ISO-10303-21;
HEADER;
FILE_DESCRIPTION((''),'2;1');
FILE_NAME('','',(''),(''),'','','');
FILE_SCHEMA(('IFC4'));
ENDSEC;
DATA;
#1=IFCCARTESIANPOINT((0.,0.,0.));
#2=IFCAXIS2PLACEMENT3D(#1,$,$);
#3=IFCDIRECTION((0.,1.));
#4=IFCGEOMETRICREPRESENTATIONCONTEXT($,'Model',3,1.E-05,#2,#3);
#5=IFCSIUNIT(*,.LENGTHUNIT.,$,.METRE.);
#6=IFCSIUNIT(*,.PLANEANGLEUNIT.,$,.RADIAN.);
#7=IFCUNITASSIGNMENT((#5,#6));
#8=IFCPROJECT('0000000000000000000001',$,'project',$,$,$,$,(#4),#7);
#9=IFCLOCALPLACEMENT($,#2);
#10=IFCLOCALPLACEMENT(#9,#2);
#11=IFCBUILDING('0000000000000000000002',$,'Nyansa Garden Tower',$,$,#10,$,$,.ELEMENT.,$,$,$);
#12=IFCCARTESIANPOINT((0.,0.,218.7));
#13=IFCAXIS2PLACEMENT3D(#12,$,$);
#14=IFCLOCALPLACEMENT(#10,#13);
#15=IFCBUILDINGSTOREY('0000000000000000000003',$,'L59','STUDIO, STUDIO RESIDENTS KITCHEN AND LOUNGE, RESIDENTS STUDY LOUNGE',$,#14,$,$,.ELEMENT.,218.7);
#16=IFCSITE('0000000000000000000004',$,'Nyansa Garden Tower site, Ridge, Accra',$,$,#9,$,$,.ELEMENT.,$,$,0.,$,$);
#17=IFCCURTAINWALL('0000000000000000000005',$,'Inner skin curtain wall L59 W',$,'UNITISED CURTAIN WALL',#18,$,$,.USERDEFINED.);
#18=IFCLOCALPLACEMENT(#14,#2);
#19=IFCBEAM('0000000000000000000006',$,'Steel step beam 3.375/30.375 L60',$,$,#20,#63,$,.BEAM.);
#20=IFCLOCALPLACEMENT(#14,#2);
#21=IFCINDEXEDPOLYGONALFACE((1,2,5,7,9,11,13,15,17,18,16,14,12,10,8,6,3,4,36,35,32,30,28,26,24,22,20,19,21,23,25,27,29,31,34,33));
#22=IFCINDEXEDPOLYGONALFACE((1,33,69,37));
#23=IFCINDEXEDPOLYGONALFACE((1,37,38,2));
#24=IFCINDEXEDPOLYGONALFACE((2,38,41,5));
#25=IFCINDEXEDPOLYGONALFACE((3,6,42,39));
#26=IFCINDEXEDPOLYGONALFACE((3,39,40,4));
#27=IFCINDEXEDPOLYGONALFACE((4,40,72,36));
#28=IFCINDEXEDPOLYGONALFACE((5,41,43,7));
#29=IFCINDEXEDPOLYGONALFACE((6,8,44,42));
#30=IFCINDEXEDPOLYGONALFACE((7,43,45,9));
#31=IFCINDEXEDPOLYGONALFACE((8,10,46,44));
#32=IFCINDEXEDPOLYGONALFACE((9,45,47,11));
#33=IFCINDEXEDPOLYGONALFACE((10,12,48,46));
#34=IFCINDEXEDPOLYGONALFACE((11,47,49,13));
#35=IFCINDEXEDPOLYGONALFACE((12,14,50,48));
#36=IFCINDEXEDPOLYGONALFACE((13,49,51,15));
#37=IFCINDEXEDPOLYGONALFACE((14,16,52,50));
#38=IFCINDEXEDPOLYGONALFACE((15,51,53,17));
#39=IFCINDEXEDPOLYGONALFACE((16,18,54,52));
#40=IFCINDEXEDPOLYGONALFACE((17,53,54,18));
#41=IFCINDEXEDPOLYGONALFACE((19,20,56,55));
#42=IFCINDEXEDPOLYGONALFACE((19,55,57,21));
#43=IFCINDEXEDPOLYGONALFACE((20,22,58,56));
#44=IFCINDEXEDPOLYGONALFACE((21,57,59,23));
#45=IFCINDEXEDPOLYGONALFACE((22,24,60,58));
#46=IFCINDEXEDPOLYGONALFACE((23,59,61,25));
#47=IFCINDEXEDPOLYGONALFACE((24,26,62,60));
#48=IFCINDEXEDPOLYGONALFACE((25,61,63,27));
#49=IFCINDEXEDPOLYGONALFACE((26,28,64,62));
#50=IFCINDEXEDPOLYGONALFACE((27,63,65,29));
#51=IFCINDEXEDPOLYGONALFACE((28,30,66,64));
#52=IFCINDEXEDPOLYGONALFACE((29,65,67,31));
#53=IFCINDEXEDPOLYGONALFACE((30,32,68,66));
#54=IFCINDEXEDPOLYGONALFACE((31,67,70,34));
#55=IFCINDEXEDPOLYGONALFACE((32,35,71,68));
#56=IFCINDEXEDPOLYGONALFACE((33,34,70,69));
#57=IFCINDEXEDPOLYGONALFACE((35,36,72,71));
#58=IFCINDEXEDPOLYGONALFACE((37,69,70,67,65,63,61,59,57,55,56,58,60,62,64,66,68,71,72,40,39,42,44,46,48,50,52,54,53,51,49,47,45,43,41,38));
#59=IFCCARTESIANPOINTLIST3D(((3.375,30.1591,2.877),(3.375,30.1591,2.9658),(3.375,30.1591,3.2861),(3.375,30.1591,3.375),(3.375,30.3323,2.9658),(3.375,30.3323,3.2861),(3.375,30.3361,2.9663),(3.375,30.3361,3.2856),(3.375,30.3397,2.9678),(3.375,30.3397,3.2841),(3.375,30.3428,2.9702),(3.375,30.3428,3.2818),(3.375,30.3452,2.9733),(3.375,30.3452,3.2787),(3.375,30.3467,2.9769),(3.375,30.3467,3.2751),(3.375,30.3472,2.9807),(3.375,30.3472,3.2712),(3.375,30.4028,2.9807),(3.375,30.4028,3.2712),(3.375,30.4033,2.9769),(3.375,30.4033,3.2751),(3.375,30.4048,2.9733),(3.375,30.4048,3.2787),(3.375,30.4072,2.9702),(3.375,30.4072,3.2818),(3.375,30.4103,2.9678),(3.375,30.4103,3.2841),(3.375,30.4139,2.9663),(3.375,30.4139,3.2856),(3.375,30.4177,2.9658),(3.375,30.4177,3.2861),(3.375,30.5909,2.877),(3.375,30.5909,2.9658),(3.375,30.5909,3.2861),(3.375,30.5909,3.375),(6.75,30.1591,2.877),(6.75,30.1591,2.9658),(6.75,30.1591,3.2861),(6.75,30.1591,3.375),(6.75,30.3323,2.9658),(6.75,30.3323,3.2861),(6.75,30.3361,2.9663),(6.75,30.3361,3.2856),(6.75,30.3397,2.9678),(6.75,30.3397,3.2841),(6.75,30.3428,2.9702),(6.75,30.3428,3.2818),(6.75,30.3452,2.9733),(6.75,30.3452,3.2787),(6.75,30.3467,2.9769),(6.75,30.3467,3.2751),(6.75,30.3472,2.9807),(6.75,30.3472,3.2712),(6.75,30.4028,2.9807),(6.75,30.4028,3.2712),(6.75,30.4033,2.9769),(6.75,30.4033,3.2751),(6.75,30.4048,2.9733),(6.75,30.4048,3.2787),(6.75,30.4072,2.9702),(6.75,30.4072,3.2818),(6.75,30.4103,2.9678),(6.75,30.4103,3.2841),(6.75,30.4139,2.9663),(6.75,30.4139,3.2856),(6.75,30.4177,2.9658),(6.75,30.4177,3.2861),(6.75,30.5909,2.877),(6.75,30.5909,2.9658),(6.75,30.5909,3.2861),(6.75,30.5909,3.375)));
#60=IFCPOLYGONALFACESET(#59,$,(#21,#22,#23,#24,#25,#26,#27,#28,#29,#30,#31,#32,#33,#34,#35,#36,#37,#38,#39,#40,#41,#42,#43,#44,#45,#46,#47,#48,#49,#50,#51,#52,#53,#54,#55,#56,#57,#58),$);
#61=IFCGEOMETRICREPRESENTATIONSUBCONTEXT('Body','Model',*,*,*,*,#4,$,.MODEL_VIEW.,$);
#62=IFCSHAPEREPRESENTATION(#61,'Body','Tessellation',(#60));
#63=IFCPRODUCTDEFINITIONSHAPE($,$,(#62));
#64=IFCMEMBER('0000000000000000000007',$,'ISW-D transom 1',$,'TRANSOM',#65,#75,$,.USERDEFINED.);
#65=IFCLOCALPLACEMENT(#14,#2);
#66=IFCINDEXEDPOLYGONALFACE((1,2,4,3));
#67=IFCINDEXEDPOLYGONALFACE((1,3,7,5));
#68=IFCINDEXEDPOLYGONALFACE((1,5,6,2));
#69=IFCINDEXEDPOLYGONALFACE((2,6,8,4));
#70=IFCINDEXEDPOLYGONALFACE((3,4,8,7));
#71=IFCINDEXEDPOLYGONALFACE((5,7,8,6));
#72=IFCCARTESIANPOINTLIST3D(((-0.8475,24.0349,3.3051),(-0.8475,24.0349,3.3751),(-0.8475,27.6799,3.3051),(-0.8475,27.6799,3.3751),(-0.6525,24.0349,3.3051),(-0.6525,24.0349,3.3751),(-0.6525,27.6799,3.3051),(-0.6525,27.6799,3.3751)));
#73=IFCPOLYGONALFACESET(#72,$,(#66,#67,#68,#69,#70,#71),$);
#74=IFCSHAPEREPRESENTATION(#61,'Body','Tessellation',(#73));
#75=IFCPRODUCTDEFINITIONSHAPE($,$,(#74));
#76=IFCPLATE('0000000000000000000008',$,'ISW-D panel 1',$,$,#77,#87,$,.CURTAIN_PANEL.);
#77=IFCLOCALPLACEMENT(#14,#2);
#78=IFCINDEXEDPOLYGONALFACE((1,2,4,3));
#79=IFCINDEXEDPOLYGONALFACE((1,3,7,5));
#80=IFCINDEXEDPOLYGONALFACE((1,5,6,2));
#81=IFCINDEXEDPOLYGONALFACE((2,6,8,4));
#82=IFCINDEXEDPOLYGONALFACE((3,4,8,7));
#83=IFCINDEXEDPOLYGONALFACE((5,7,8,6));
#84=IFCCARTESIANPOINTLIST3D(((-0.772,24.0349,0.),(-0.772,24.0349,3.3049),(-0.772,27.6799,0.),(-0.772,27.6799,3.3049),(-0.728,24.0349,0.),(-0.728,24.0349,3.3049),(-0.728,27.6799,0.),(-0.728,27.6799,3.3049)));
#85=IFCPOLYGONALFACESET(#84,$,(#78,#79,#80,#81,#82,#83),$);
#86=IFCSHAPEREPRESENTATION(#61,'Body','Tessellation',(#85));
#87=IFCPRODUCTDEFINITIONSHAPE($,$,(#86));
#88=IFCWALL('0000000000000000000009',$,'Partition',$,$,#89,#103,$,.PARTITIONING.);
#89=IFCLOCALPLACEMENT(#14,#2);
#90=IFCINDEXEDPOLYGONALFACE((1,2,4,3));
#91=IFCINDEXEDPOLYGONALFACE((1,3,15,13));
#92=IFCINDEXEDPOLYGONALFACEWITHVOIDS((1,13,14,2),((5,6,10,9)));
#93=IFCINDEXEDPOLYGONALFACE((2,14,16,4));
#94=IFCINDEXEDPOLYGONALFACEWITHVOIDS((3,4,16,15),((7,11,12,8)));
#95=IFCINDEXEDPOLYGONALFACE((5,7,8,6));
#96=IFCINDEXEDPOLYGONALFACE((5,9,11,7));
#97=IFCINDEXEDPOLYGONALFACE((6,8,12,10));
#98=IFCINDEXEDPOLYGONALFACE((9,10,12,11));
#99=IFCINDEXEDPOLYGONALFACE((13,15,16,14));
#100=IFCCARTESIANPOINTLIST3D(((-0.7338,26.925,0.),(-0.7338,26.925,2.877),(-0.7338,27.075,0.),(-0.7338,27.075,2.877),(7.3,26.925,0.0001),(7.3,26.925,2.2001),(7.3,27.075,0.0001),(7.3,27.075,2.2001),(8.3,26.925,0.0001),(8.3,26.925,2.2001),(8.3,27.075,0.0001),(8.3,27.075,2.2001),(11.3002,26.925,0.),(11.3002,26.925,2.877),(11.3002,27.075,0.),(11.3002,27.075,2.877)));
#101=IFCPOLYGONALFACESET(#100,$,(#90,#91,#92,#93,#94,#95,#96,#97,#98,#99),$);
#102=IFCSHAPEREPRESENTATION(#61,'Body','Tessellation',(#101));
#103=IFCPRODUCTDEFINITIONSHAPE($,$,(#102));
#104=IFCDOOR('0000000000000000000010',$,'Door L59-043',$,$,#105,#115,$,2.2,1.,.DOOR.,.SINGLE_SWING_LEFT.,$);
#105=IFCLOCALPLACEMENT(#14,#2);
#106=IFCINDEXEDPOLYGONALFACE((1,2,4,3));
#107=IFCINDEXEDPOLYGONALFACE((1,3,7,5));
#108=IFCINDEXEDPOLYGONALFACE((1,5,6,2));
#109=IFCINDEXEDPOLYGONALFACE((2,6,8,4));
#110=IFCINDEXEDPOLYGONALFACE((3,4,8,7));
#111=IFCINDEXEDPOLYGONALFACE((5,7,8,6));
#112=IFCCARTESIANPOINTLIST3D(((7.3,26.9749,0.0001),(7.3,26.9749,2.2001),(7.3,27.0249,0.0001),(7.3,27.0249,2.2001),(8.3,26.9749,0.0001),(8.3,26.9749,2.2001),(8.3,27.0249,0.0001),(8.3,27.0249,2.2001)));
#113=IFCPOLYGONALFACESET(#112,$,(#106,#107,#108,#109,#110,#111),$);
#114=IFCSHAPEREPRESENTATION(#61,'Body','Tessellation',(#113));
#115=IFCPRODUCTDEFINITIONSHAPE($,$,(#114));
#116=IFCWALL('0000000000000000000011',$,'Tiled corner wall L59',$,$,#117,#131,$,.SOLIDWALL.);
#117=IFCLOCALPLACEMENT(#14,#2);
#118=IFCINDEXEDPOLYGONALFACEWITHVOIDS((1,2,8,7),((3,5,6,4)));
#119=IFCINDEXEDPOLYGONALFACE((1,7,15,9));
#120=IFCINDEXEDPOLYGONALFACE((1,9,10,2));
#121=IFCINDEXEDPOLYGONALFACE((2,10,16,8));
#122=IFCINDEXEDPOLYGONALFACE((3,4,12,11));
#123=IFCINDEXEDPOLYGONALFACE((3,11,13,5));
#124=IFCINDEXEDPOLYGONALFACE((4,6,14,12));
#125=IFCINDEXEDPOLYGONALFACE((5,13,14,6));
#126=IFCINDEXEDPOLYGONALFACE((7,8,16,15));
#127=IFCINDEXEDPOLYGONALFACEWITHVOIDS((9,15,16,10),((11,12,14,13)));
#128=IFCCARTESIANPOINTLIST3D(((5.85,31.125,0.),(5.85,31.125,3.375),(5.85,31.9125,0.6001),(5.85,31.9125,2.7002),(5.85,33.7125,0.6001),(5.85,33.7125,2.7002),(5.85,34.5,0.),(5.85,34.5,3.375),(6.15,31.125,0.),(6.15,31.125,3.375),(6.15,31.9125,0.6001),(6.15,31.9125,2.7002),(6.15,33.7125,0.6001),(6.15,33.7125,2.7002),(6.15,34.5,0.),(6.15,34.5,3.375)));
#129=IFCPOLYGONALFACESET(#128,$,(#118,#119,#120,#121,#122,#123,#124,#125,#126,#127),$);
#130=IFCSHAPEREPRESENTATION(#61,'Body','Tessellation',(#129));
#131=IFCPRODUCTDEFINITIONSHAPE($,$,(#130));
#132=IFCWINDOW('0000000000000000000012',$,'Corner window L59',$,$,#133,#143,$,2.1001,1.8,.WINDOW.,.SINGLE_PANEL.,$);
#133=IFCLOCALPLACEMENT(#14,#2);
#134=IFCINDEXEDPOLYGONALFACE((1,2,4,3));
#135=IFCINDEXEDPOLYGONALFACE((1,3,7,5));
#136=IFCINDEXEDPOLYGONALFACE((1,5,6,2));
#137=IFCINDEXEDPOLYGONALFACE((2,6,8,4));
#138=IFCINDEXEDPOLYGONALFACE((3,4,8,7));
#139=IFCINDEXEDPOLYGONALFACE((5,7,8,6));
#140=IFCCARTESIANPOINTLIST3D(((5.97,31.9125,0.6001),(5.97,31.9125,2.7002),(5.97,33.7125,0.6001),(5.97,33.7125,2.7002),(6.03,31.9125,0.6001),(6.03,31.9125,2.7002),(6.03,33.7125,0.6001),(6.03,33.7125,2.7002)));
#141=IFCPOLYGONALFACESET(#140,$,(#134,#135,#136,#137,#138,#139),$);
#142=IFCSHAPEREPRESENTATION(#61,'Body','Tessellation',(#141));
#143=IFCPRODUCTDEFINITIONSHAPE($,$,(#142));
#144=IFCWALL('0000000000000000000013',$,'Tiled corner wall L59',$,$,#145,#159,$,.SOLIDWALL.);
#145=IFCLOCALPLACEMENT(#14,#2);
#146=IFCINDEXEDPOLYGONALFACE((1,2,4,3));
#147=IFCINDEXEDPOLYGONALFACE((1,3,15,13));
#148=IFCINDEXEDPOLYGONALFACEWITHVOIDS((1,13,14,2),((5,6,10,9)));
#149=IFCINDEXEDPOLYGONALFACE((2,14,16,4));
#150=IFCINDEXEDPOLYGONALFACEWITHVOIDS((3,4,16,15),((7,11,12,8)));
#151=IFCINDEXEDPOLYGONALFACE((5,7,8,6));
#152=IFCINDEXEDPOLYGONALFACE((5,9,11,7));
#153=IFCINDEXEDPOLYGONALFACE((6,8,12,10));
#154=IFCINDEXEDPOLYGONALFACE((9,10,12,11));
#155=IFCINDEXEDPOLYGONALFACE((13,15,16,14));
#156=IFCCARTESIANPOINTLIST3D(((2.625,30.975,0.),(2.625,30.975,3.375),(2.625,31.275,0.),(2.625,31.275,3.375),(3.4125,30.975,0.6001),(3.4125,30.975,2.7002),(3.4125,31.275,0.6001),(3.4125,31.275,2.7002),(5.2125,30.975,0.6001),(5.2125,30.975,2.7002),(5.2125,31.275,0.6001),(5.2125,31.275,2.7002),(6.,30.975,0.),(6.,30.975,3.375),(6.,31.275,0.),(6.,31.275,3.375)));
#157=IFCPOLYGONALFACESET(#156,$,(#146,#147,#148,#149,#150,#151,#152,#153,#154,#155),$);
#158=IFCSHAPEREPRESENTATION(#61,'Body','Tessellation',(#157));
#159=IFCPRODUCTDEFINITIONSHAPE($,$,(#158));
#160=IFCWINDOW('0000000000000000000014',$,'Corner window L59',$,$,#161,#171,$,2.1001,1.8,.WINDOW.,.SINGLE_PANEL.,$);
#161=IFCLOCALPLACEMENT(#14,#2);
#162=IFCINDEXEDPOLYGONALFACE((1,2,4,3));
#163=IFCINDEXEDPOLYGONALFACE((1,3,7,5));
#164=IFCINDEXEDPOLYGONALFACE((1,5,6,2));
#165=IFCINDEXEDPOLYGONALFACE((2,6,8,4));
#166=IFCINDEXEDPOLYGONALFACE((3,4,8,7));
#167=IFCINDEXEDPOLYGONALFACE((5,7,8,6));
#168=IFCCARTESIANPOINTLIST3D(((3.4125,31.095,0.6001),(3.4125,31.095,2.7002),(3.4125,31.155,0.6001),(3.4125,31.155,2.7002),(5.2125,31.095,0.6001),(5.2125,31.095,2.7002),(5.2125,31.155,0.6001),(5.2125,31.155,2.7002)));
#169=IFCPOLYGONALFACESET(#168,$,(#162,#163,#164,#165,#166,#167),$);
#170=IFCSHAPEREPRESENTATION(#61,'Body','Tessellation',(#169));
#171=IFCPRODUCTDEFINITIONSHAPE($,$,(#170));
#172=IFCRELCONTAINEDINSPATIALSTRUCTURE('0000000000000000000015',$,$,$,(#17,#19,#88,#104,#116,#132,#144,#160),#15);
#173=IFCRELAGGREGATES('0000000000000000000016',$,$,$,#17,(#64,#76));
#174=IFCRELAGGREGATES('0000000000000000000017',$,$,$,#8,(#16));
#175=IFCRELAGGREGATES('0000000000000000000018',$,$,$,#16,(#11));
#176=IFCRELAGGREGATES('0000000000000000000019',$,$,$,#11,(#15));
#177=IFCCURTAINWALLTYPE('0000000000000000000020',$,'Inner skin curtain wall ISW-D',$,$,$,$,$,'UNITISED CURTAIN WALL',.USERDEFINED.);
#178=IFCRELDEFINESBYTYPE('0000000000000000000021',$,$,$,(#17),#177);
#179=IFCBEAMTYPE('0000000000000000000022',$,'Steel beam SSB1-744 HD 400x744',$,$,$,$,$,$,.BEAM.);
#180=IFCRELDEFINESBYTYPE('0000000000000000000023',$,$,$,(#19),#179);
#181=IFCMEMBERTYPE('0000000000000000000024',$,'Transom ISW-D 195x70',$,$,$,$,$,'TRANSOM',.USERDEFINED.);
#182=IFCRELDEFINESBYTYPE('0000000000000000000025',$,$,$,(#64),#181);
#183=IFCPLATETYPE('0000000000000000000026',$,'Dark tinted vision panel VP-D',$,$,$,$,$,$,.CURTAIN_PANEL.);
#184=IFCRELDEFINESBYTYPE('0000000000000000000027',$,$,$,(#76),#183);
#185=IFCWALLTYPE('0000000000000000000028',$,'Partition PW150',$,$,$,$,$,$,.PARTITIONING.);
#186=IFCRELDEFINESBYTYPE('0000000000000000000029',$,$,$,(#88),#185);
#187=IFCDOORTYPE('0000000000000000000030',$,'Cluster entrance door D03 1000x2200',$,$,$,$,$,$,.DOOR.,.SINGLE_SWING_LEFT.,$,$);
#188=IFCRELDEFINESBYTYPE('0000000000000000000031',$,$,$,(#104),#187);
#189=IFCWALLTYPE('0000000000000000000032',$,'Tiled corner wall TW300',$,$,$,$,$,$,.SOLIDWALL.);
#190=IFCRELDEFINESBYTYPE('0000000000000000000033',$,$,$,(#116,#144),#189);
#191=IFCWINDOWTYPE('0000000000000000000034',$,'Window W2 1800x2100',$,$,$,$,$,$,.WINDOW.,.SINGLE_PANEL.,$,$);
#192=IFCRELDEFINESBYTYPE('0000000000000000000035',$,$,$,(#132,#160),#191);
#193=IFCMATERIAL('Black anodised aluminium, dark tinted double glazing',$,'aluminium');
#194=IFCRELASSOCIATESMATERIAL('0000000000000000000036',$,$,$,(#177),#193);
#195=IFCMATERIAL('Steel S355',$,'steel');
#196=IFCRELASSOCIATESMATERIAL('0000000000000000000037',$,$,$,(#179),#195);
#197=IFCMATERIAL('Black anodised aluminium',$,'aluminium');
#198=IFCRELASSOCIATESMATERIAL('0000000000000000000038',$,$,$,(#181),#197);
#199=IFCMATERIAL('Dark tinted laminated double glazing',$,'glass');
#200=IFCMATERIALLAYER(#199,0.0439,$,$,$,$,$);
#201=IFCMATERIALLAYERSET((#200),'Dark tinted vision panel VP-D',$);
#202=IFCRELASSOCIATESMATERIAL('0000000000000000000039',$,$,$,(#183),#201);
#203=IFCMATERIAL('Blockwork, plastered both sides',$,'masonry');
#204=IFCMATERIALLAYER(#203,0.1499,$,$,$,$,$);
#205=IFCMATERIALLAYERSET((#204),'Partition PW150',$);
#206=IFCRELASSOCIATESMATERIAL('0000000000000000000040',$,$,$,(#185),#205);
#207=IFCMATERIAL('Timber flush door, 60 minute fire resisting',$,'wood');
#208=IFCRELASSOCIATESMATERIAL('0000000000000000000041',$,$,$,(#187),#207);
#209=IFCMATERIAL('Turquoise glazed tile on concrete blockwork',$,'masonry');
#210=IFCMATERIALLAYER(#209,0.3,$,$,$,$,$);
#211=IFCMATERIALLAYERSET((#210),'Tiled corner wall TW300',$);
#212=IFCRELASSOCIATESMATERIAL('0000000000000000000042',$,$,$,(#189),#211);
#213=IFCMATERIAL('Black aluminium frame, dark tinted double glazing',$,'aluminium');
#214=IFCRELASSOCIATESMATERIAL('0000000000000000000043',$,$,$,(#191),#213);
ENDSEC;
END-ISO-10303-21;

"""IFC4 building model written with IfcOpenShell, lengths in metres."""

from ifc_helpers import new_model, si_unit, direction, frame, frame_2d, origin, origin_2d, place, context, subcontext, project, spatial, rectangle, i_section, extrude, material, layer, layer_set, material_profile, profile_set, type_object, element, fill, aggregate, save


model = new_model("IFC4")

# Units and contexts
model_context = context("Model", 3, precision=1e-05, world=origin(), true_north=direction((0.0, 1.0)))
body_context = subcontext(model_context, "Body", "Model", "MODEL_VIEW")
ifc_project = project(units=[si_unit("LENGTHUNIT", "METRE"), si_unit("PLANEANGLEUNIT", "RADIAN")], contexts=[model_context])

# Site, building, storey
site_placement = place(None, origin())
site = spatial("IfcSite", under=ifc_project, at=site_placement, Name="Nyansa Garden Tower site, Ridge, Accra", CompositionType="ELEMENT", RefElevation=0.0)
building_placement = place(site_placement, origin())
building = spatial("IfcBuilding", under=site, at=building_placement, Name="Nyansa Garden Tower", CompositionType="ELEMENT")
storey_placement = place(building_placement, frame((0.0, 0.0, 218.7)))
storey = spatial("IfcBuildingStorey", under=building, at=storey_placement, Name="L59", Description="STUDIO, STUDIO RESIDENTS KITCHEN AND LOUNGE, RESIDENTS STUDY LOUNGE", CompositionType="ELEMENT", Elevation=218.7)

# Curtain wall
ifc_material_1 = material(Name="Black anodised aluminium, dark tinted double glazing", Category="aluminium")
curtain_wall_type = type_object("IfcCurtainWallType", Name="Inner skin curtain wall ISW-D", ElementType="UNITISED CURTAIN WALL", PredefinedType="USERDEFINED", material=ifc_material_1)
curtain_wall_1_placement = place(storey_placement, origin())
curtain_wall_1 = element("IfcCurtainWall", 1, at=curtain_wall_1_placement, inside=storey, type_object=curtain_wall_type, Name="Inner skin curtain wall L59 W", ObjectType="UNITISED CURTAIN WALL", PredefinedType="USERDEFINED")

# Beam
ifc_material_2 = material(Name="Steel S355", Category="steel")
ifc_material_profile_1 = material_profile(ifc_material_2, i_section(OverallWidth=0.4319, OverallDepth=0.498, WebThickness=0.0557, FlangeThickness=0.0889, FilletRadius=0.0149, at=origin_2d()), Name="HD 400x744")
ifc_profile_set_1 = profile_set([ifc_material_profile_1], Name="Steel S355")
beam_type_1 = type_object("IfcBeamType", Name="Steel beam SSB1-744 HD 400x744", PredefinedType="BEAM", material=ifc_profile_set_1)
for number, where, z_axis, x_axis, name in (
    (2, (3.375, 30.375, 3.126), (1.0, 0.0, 0.0), (0.0, 1.0, 0.0), "Steel step beam 3.375/30.375 L60"),
):
    element("IfcBeam", number, at=place(storey_placement, frame(where, z_axis=z_axis, x_axis=x_axis)), inside=storey, type_object=beam_type_1, Name=name, PredefinedType="BEAM", context=body_context, shape_type="SweptSolid", body=[
        extrude(i_section(OverallWidth=0.4319, OverallDepth=0.498, WebThickness=0.0557, FlangeThickness=0.0889, FilletRadius=0.0149, at=origin_2d()), origin(), (0.0, 0.0, 1.0), 3.375),
    ])

# Member
ifc_material_3 = material(Name="Black anodised aluminium", Category="aluminium")
ifc_material_profile_2 = material_profile(ifc_material_3, rectangle(XDim=0.1951, YDim=0.0701, at=origin_2d()), Name="Transom 195x70")
ifc_profile_set_2 = profile_set([ifc_material_profile_2], Name="Black anodised aluminium")
member_type_1 = type_object("IfcMemberType", Name="Transom ISW-D 195x70", ElementType="TRANSOM", PredefinedType="USERDEFINED", material=ifc_profile_set_2)
member_1_placement = place(storey_placement, frame((-0.75, 27.6799, 3.3401), z_axis=(0.0, -1.0, 0.0), x_axis=(1.0, 0.0, 0.0)))
member_1 = element("IfcMember", 3, at=member_1_placement, type_object=member_type_1, Name="ISW-D transom 1", ObjectType="TRANSOM", PredefinedType="USERDEFINED", context=body_context, shape_type="SweptSolid", body=[
    extrude(rectangle(XDim=0.1951, YDim=0.0701, at=origin_2d()), origin(), (0.0, 0.0, 1.0), 3.645),
])

# Plate
ifc_material_4 = material(Name="Dark tinted laminated double glazing", Category="glass")
ifc_layer_1 = layer(ifc_material_4, 0.0439)
ifc_layer_set_1 = layer_set([ifc_layer_1], Name="Dark tinted vision panel VP-D")
plate_type = type_object("IfcPlateType", Name="Dark tinted vision panel VP-D", PredefinedType="CURTAIN_PANEL", material=ifc_layer_set_1)
plate_placement = place(storey_placement, frame((-0.75, 25.8574, 0.0), z_axis=(0.0, 0.0, 1.0), x_axis=(0.0, -1.0, 0.0)))
plate = element("IfcPlate", 4, at=plate_placement, type_object=plate_type, Name="ISW-D panel 1", PredefinedType="CURTAIN_PANEL", context=body_context, shape_type="SweptSolid", body=[
    extrude(rectangle(XDim=3.645, YDim=0.0439, at=origin_2d()), origin(), (0.0, 0.0, 1.0), 3.3049),
])
aggregate(curtain_wall_1, [member_1, plate])

# Wall, opening, door
ifc_material_5 = material(Name="Blockwork, plastered both sides", Category="masonry")
ifc_layer_2 = layer(ifc_material_5, 0.1499)
ifc_layer_set_2 = layer_set([ifc_layer_2], Name="Partition PW150")
wall_type_1 = type_object("IfcWallType", Name="Partition PW150", PredefinedType="PARTITIONING", material=ifc_layer_set_2)
wall_1_placement = place(storey_placement, frame((-0.7339, 27.0, 0.0), z_axis=(0.0, 0.0, 1.0), x_axis=(1.0, 0.0, 0.0)))
wall_1 = element("IfcWall", 5, at=wall_1_placement, inside=storey, type_object=wall_type_1, Name="Partition", PredefinedType="PARTITIONING", context=body_context, shape_type="SweptSolid", body=[
    extrude(rectangle(XDim=12.0339, YDim=0.1499, at=frame_2d((6.0171, 0.0))), origin(), (0.0, 0.0, 1.0), 2.877),
])
opening_1_placement = place(wall_1_placement, frame((8.0339, 0.0, 0.0)))
opening_1 = element("IfcOpeningElement", 6, at=opening_1_placement, cuts=wall_1, PredefinedType="OPENING", context=body_context, shape_type="SweptSolid", body=[
    extrude(rectangle(XDim=1.0, YDim=2.2, at=frame_2d((0.5, 1.1001))), frame((0.0, 0.085, 0.0), z_axis=(0.0, -1.0, 0.0), x_axis=(1.0, 0.0, 0.0)), (0.0, 0.0, 1.0), 0.1699),
])
ifc_material_6 = material(Name="Timber flush door, 60 minute fire resisting", Category="wood")
door_type_1 = type_object("IfcDoorType", Name="Cluster entrance door D03 1000x2200", OperationType="SINGLE_SWING_LEFT", PredefinedType="DOOR", material=ifc_material_6)
door_1_placement = place(opening_1_placement, origin())
door_1 = element("IfcDoor", 7, at=door_1_placement, inside=storey, type_object=door_type_1, Name="Door L59-043", OperationType="SINGLE_SWING_LEFT", OverallHeight=2.2, OverallWidth=1.0, PredefinedType="DOOR", context=body_context, shape_type="SweptSolid", body=[
    extrude(rectangle(XDim=1.0, YDim=2.2, at=frame_2d((0.5, 1.1001))), frame((0.0, 0.0249, 0.0), z_axis=(0.0, -1.0, 0.0), x_axis=(1.0, 0.0, 0.0)), (0.0, 0.0, 1.0), 0.05),
])
fill(opening_1, door_1)

# Walls, openings, windows
ifc_material_7 = material(Name="Turquoise glazed tile on concrete blockwork", Category="masonry")
ifc_layer_3 = layer(ifc_material_7, 0.3)
ifc_layer_set_3 = layer_set([ifc_layer_3], Name="Tiled corner wall TW300")
wall_type_2 = type_object("IfcWallType", Name="Tiled corner wall TW300", PredefinedType="SOLIDWALL", material=ifc_layer_set_3)
wall_2_placement = place(storey_placement, frame((6.0, 34.5, 0.0), z_axis=(0.0, 0.0, 1.0), x_axis=(0.0, -1.0, 0.0)))
wall_2 = element("IfcWall", 8, at=wall_2_placement, inside=storey, type_object=wall_type_2, Name="Tiled corner wall L59", PredefinedType="SOLIDWALL", context=body_context, shape_type="SweptSolid", body=[
    extrude(rectangle(XDim=3.375, YDim=0.3, at=frame_2d((1.6875, 0.0))), origin(), (0.0, 0.0, 1.0), 3.375),
])
opening_2_placement = place(wall_2_placement, frame((0.7876, 0.0, 0.6001)))
opening_2 = element("IfcOpeningElement", 9, at=opening_2_placement, cuts=wall_2, PredefinedType="OPENING", context=body_context, shape_type="SweptSolid", body=[
    extrude(rectangle(XDim=1.8, YDim=2.1001, at=frame_2d((0.8999, 1.05))), frame((0.0, 0.1599, 0.0), z_axis=(0.0, -1.0, 0.0), x_axis=(1.0, 0.0, 0.0)), (0.0, 0.0, 1.0), 0.3201),
])
ifc_material_8 = material(Name="Black aluminium frame, dark tinted double glazing", Category="aluminium")
window_type = type_object("IfcWindowType", Name="Window W2 1800x2100", PartitioningType="SINGLE_PANEL", PredefinedType="WINDOW", material=ifc_material_8)
window_1_placement = place(opening_2_placement, origin())
window_1 = element("IfcWindow", 10, at=window_1_placement, inside=storey, type_object=window_type, Name="Corner window L59", OverallHeight=2.1001, OverallWidth=1.8, PartitioningType="SINGLE_PANEL", PredefinedType="WINDOW", context=body_context, shape_type="SweptSolid", body=[
    extrude(rectangle(XDim=1.8, YDim=2.1001, at=frame_2d((0.8999, 1.05))), frame((0.0, 0.03, 0.0), z_axis=(0.0, -1.0, 0.0), x_axis=(1.0, 0.0, 0.0)), (0.0, 0.0, 1.0), 0.0601),
])
fill(opening_2, window_1)
wall_3_placement = place(storey_placement, frame((6.0, 31.125, 0.0), z_axis=(0.0, 0.0, 1.0), x_axis=(-1.0, 0.0, 0.0)))
wall_3 = element("IfcWall", 11, at=wall_3_placement, inside=storey, type_object=wall_type_2, Name="Tiled corner wall L59", PredefinedType="SOLIDWALL", context=body_context, shape_type="SweptSolid", body=[
    extrude(rectangle(XDim=3.375, YDim=0.3, at=frame_2d((1.6875, 0.0))), origin(), (0.0, 0.0, 1.0), 3.375),
])
opening_3_placement = place(wall_3_placement, frame((0.7876, 0.0, 0.6001)))
opening_3 = element("IfcOpeningElement", 12, at=opening_3_placement, cuts=wall_3, PredefinedType="OPENING", context=body_context, shape_type="SweptSolid", body=[
    extrude(rectangle(XDim=1.8, YDim=2.1001, at=frame_2d((0.8999, 1.05))), frame((0.0, 0.1599, 0.0), z_axis=(0.0, -1.0, 0.0), x_axis=(1.0, 0.0, 0.0)), (0.0, 0.0, 1.0), 0.3201),
])
window_2_placement = place(opening_3_placement, origin())
window_2 = element("IfcWindow", 13, at=window_2_placement, inside=storey, type_object=window_type, Name="Corner window L59", OverallHeight=2.1001, OverallWidth=1.8, PartitioningType="SINGLE_PANEL", PredefinedType="WINDOW", context=body_context, shape_type="SweptSolid", body=[
    extrude(rectangle(XDim=1.8, YDim=2.1001, at=frame_2d((0.8999, 1.05))), frame((0.0, 0.03, 0.0), z_axis=(0.0, -1.0, 0.0), x_axis=(1.0, 0.0, 0.0)), (0.0, 0.0, 1.0), 0.0601),
])
fill(opening_3, window_2)

save(model, "model.ifc")
